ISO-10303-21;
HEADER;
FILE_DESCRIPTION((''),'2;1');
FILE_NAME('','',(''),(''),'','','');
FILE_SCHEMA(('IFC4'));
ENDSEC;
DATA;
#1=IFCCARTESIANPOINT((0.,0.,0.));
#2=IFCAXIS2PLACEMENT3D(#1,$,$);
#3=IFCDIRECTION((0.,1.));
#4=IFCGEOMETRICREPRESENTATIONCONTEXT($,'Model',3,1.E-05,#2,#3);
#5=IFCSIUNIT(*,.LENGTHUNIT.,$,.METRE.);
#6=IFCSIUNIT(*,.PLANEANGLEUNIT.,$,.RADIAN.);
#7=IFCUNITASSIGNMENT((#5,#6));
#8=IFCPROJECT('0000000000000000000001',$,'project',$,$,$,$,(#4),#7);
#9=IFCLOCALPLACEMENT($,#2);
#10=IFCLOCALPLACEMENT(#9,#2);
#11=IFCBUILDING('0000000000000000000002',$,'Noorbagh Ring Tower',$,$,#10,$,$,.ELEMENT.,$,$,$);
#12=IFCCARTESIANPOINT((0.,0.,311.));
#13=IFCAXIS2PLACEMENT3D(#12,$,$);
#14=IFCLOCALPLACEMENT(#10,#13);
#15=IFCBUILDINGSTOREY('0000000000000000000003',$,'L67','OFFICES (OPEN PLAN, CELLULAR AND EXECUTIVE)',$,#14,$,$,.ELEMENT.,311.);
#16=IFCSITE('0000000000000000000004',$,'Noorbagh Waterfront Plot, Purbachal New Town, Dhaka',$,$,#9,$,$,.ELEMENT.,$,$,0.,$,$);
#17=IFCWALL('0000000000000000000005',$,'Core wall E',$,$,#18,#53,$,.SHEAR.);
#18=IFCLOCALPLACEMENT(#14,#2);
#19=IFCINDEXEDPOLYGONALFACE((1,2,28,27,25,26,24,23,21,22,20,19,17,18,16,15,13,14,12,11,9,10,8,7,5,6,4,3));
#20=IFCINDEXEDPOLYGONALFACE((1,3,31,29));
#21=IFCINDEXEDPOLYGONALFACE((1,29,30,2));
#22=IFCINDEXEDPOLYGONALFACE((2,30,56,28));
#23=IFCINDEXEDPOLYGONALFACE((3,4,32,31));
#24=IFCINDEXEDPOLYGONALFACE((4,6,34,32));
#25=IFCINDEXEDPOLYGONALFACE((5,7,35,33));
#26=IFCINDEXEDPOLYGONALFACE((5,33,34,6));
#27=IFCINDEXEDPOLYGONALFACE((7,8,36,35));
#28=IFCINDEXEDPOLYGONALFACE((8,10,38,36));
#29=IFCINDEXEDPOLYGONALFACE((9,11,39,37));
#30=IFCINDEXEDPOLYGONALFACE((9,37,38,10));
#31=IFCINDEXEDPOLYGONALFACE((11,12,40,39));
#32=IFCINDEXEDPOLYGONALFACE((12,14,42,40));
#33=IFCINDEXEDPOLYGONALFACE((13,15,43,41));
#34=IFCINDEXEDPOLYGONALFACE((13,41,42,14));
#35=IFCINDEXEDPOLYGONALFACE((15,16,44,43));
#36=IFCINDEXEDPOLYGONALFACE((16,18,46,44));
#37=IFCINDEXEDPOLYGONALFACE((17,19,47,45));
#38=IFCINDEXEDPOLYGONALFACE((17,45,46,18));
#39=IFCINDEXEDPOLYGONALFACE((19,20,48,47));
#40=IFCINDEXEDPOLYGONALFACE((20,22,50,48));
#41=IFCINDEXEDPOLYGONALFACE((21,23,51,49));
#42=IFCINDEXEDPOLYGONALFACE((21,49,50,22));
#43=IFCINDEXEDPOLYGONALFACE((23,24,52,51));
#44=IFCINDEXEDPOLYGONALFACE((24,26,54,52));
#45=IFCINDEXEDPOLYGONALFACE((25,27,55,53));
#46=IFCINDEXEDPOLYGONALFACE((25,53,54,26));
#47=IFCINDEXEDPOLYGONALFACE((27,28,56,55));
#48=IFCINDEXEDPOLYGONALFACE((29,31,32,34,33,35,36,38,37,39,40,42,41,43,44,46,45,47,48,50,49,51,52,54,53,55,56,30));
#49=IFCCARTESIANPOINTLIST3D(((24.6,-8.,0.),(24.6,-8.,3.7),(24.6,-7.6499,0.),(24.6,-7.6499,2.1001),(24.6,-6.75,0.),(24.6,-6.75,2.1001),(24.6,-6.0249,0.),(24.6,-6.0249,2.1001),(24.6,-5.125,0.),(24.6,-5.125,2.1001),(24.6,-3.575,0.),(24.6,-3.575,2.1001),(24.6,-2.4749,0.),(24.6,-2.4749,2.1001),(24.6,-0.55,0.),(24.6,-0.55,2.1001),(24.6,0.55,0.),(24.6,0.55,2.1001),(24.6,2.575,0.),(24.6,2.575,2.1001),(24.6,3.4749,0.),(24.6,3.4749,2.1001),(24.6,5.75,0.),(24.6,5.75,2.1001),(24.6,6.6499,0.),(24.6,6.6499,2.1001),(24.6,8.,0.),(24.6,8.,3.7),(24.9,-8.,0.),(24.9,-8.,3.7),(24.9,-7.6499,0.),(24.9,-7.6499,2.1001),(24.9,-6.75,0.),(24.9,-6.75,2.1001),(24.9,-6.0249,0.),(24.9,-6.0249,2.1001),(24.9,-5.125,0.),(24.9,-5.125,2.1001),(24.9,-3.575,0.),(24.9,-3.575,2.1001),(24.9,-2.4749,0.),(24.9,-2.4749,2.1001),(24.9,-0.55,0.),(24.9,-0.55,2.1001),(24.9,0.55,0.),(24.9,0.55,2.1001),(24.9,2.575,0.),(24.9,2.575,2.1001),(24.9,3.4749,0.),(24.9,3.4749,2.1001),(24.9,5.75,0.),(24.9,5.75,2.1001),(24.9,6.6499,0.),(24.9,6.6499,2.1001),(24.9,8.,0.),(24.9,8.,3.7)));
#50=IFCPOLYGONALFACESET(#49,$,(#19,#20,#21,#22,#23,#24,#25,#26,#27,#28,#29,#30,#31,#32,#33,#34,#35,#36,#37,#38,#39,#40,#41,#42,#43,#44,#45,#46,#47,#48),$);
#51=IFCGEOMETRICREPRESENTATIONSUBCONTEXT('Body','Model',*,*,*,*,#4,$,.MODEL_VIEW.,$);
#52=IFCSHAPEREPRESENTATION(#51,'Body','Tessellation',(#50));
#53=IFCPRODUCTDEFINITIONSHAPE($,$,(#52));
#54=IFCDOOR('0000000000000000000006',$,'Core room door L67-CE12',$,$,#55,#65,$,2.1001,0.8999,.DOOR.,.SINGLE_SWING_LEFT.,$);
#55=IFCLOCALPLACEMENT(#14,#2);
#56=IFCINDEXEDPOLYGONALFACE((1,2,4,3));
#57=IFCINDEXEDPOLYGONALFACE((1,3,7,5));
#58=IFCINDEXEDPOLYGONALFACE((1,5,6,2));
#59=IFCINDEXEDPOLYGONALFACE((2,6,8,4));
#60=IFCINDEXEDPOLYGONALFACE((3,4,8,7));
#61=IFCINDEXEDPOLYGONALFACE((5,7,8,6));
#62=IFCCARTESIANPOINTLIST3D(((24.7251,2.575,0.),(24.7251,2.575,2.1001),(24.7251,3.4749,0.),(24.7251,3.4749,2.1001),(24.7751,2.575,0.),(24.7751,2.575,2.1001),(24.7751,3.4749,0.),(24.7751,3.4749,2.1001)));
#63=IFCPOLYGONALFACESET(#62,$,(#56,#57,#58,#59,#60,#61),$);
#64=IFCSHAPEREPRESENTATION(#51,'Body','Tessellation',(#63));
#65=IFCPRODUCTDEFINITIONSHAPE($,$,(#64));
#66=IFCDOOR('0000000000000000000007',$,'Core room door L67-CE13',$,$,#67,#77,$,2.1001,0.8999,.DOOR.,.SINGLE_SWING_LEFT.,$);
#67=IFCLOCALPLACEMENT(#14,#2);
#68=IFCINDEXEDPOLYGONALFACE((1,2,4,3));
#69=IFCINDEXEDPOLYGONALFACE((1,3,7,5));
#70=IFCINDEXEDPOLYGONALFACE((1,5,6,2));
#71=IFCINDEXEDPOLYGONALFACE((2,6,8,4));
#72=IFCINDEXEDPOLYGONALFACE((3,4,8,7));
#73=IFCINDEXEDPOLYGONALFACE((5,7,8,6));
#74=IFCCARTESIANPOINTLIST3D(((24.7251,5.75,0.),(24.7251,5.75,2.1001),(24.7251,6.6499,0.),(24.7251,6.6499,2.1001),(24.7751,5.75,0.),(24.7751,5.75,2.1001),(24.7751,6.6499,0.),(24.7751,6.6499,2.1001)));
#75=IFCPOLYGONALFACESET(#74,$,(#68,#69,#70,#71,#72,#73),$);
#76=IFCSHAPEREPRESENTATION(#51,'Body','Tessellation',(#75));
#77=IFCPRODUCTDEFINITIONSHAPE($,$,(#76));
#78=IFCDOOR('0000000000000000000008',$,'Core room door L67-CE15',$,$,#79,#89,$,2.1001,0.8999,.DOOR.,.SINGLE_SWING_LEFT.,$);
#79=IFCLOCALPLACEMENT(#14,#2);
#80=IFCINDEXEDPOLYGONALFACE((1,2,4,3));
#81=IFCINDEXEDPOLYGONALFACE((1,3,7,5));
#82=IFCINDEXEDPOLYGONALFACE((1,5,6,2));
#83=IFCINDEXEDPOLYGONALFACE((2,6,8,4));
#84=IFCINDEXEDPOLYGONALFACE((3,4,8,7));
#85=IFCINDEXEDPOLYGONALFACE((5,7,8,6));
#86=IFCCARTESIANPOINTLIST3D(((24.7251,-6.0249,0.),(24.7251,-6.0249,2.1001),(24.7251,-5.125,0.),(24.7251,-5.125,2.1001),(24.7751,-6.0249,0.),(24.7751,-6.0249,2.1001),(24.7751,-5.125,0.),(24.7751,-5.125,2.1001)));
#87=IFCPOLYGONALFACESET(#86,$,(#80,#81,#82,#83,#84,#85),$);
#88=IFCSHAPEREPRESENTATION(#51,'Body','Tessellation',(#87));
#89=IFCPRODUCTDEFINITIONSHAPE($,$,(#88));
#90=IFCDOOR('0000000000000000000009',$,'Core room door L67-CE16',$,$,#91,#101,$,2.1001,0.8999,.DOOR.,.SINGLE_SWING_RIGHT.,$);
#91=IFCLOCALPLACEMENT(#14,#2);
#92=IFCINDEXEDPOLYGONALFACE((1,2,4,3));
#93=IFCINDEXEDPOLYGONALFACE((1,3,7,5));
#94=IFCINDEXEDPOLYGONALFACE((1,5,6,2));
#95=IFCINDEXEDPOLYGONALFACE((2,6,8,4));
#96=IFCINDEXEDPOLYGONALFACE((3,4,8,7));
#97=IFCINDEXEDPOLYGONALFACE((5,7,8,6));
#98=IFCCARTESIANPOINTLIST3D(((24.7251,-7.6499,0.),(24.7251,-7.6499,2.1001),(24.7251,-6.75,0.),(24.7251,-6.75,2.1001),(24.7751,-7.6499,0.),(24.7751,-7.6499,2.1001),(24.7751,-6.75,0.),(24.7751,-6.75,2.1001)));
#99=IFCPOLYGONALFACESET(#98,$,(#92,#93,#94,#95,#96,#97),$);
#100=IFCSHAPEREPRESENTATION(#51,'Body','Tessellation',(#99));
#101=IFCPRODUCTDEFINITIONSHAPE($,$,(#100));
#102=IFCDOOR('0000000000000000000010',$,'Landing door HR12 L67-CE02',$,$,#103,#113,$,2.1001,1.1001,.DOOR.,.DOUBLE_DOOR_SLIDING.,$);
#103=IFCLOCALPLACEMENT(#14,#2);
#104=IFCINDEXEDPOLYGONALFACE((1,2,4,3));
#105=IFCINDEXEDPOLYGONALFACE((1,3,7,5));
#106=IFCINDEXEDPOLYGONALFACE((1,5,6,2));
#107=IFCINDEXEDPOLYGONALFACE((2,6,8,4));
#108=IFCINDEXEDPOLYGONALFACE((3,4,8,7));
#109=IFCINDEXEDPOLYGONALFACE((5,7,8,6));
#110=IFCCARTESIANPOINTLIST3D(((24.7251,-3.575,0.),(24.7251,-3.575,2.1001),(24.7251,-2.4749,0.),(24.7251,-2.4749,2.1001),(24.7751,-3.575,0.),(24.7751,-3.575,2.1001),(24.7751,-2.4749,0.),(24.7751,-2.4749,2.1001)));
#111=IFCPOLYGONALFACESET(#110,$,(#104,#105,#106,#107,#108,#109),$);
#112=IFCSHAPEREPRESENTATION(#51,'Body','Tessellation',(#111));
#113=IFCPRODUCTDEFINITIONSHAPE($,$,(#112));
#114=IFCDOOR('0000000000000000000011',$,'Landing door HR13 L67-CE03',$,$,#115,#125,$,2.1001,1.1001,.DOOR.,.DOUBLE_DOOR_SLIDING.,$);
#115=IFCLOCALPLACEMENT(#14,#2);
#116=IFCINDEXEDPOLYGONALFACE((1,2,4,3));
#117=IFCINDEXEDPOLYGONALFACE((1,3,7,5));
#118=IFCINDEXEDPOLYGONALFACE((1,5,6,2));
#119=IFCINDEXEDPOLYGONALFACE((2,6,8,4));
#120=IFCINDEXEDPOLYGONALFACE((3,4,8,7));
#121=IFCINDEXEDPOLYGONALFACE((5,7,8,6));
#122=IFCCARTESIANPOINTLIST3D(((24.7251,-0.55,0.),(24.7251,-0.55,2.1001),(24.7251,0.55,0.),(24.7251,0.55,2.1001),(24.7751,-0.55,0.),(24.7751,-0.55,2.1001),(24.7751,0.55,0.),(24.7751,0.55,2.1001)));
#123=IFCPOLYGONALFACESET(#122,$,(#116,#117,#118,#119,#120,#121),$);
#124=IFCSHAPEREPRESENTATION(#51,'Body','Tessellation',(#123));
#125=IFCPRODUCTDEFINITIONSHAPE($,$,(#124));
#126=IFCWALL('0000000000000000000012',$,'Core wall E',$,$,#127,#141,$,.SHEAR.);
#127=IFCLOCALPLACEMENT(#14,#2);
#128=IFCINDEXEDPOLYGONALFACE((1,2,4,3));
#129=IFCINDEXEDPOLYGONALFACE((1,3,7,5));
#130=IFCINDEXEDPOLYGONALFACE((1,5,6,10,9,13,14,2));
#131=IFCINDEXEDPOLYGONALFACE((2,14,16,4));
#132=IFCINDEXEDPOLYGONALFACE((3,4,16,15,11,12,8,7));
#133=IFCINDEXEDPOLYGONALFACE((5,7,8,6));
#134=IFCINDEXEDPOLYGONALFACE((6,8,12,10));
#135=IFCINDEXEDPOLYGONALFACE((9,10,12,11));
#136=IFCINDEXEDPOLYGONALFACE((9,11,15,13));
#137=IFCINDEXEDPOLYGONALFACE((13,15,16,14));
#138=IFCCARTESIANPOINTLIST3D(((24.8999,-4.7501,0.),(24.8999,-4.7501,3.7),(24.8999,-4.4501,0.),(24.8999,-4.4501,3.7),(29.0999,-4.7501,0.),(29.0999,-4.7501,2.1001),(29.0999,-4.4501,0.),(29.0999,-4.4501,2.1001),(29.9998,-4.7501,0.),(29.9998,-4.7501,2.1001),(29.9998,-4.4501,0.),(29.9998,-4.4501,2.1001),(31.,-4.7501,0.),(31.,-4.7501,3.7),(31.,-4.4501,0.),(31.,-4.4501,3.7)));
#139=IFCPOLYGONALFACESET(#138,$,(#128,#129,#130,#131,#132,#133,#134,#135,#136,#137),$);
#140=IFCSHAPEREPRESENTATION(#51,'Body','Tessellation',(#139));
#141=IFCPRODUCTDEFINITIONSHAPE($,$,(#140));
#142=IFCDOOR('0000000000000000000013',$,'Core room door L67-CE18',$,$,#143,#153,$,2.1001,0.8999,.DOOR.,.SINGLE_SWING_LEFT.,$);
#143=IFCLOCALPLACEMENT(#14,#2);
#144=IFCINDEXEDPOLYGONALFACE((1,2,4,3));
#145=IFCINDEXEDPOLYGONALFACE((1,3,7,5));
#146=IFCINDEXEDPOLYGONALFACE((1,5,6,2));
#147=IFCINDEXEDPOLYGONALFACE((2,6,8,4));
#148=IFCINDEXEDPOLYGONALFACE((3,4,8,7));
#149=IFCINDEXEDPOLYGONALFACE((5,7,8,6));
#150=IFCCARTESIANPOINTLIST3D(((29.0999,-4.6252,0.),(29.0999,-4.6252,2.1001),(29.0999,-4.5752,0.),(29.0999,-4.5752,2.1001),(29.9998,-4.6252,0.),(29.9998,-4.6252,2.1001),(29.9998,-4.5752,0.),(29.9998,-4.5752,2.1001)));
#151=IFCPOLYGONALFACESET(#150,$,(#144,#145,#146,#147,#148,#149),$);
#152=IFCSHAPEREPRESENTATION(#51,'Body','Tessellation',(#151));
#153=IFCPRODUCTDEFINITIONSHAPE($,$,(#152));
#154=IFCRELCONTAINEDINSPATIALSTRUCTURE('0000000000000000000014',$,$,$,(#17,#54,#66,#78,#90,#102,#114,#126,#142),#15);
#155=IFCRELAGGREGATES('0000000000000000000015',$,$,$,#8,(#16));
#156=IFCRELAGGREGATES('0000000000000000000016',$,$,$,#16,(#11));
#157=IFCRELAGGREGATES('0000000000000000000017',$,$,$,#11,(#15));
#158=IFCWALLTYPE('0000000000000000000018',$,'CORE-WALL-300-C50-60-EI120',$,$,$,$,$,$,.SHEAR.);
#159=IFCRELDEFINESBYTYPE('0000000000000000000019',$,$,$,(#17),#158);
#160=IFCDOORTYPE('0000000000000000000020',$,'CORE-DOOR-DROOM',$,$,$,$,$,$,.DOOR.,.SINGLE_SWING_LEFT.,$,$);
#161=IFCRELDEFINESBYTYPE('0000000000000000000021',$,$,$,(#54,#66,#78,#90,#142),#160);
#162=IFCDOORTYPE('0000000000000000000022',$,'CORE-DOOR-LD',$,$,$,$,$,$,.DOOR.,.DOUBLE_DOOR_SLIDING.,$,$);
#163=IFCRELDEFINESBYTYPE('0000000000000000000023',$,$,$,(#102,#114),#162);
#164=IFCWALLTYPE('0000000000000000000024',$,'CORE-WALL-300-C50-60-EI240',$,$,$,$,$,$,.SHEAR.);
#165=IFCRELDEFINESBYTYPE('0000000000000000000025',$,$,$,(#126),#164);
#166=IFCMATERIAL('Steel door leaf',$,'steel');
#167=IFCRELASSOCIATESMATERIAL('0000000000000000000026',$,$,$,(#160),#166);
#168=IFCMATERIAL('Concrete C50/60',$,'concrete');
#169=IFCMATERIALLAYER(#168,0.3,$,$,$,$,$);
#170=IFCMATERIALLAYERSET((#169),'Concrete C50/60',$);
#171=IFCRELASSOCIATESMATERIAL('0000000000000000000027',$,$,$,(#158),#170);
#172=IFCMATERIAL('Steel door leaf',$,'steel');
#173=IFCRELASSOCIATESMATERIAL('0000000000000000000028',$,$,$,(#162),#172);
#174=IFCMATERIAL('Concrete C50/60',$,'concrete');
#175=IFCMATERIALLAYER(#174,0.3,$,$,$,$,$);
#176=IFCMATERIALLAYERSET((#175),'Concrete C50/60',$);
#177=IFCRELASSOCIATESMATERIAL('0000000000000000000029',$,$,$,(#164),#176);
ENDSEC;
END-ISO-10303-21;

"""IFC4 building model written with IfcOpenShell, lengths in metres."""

from ifc_helpers import new_model, si_unit, direction, frame, frame_2d, origin, place, context, subcontext, project, spatial, rectangle, extrude, material, layer, layer_set, type_object, element, fill, save


model = new_model("IFC4")

# Units and contexts
model_context = context("Model", 3, precision=1e-05, world=origin(), true_north=direction((0.0, 1.0)))
body_context = subcontext(model_context, "Body", "Model", "MODEL_VIEW")
ifc_project = project(units=[si_unit("LENGTHUNIT", "METRE"), si_unit("PLANEANGLEUNIT", "RADIAN")], contexts=[model_context])

# Site, building, storey
site_placement = place(None, origin())
site = spatial("IfcSite", under=ifc_project, at=site_placement, Name="Noorbagh Waterfront Plot, Purbachal New Town, Dhaka", CompositionType="ELEMENT", RefElevation=0.0)
building_placement = place(site_placement, origin())
building = spatial("IfcBuilding", under=site, at=building_placement, Name="Noorbagh Ring Tower", CompositionType="ELEMENT")
storey_placement = place(building_placement, frame((0.0, 0.0, 311.0)))
storey = spatial("IfcBuildingStorey", under=building, at=storey_placement, Name="L67", Description="OFFICES (OPEN PLAN, CELLULAR AND EXECUTIVE)", CompositionType="ELEMENT", Elevation=311.0)

# Shared definitions
ifc_material_1 = material(Name="Steel door leaf", Category="steel")
door_type_1 = type_object("IfcDoorType", Name="CORE-DOOR-DROOM", OperationType="SINGLE_SWING_LEFT", PredefinedType="DOOR", material=ifc_material_1)

# Shared definitions
ifc_material_2 = material(Name="Concrete C50/60", Category="concrete")
ifc_layer_1 = layer(ifc_material_2, 0.3)
ifc_layer_set_1 = layer_set([ifc_layer_1], Name="Concrete C50/60")
wall_type_1 = type_object("IfcWallType", Name="CORE-WALL-300-C50-60-EI120", PredefinedType="SHEAR", material=ifc_layer_set_1)

# Wall, openings, doors
wall_1_placement = place(storey_placement, frame((24.75, -8.0, 0.0), z_axis=(0.0, 0.0, 1.0), x_axis=(0.0, 1.0, 0.0)))
wall_1 = element("IfcWall", 1, at=wall_1_placement, inside=storey, type_object=wall_type_1, Name="Core wall E", PredefinedType="SHEAR", context=body_context, shape_type="SweptSolid", body=[
    extrude(rectangle(XDim=16.0, YDim=0.3, at=frame_2d((8.0, 0.0))), origin(), (0.0, 0.0, 1.0), 3.7),
])
opening_1_placement = place(wall_1_placement, frame((4.425, 0.0, 0.0)))
opening_1 = element("IfcOpeningElement", 2, at=opening_1_placement, cuts=wall_1, PredefinedType="OPENING", context=body_context, shape_type="SweptSolid", body=[
    extrude(rectangle(XDim=1.1001, YDim=2.1001, at=frame_2d((0.55, 1.05))), frame((0.0, 0.1602, 0.0), z_axis=(0.0, -1.0, 0.0), x_axis=(1.0, 0.0, 0.0)), (0.0, 0.0, 1.0), 0.3201),
])
opening_2_placement = place(wall_1_placement, frame((7.45, 0.0, 0.0)))
opening_2 = element("IfcOpeningElement", 3, at=opening_2_placement, cuts=wall_1, PredefinedType="OPENING", context=body_context, shape_type="SweptSolid", body=[
    extrude(rectangle(XDim=1.1001, YDim=2.1001, at=frame_2d((0.55, 1.05))), frame((0.0, 0.1602, 0.0), z_axis=(0.0, -1.0, 0.0), x_axis=(1.0, 0.0, 0.0)), (0.0, 0.0, 1.0), 0.3201),
])
opening_3_placement = place(wall_1_placement, frame((10.575, 0.0, 0.0)))
opening_3 = element("IfcOpeningElement", 4, at=opening_3_placement, cuts=wall_1, PredefinedType="OPENING", context=body_context, shape_type="SweptSolid", body=[
    extrude(rectangle(XDim=0.8999, YDim=2.1001, at=frame_2d((0.45, 1.05))), frame((0.0, 0.1602, 0.0), z_axis=(0.0, -1.0, 0.0), x_axis=(1.0, 0.0, 0.0)), (0.0, 0.0, 1.0), 0.3201),
])
opening_4_placement = place(wall_1_placement, frame((13.75, 0.0, 0.0)))
opening_4 = element("IfcOpeningElement", 5, at=opening_4_placement, cuts=wall_1, PredefinedType="OPENING", context=body_context, shape_type="SweptSolid", body=[
    extrude(rectangle(XDim=0.8999, YDim=2.1001, at=frame_2d((0.45, 1.05))), frame((0.0, 0.1602, 0.0), z_axis=(0.0, -1.0, 0.0), x_axis=(1.0, 0.0, 0.0)), (0.0, 0.0, 1.0), 0.3201),
])
opening_5_placement = place(wall_1_placement, frame((1.9751, 0.0, 0.0)))
opening_5 = element("IfcOpeningElement", 6, at=opening_5_placement, cuts=wall_1, PredefinedType="OPENING", context=body_context, shape_type="SweptSolid", body=[
    extrude(rectangle(XDim=0.8999, YDim=2.1001, at=frame_2d((0.45, 1.05))), frame((0.0, 0.1602, 0.0), z_axis=(0.0, -1.0, 0.0), x_axis=(1.0, 0.0, 0.0)), (0.0, 0.0, 1.0), 0.3201),
])
opening_6_placement = place(wall_1_placement, frame((0.3501, 0.0, 0.0)))
opening_6 = element("IfcOpeningElement", 7, at=opening_6_placement, cuts=wall_1, PredefinedType="OPENING", context=body_context, shape_type="SweptSolid", body=[
    extrude(rectangle(XDim=0.8999, YDim=2.1001, at=frame_2d((0.45, 1.05))), frame((0.0, 0.1602, 0.0), z_axis=(0.0, -1.0, 0.0), x_axis=(1.0, 0.0, 0.0)), (0.0, 0.0, 1.0), 0.3201),
])
door_1_placement = place(opening_3_placement, origin())
door_1 = element("IfcDoor", 8, at=door_1_placement, inside=storey, type_object=door_type_1, Name="Core room door L67-CE12", OperationType="SINGLE_SWING_LEFT", OverallHeight=2.1001, OverallWidth=0.8999, PredefinedType="DOOR", context=body_context, shape_type="SweptSolid", body=[
    extrude(rectangle(XDim=0.8999, YDim=2.1001, at=frame_2d((0.45, 1.05))), frame((0.0, 0.0249, 0.0), z_axis=(0.0, -1.0, 0.0), x_axis=(1.0, 0.0, 0.0)), (0.0, 0.0, 1.0), 0.05),
])
fill(opening_3, door_1)
door_2_placement = place(opening_4_placement, origin())
door_2 = element("IfcDoor", 9, at=door_2_placement, inside=storey, type_object=door_type_1, Name="Core room door L67-CE13", OperationType="SINGLE_SWING_LEFT", OverallHeight=2.1001, OverallWidth=0.8999, PredefinedType="DOOR", context=body_context, shape_type="SweptSolid", body=[
    extrude(rectangle(XDim=0.8999, YDim=2.1001, at=frame_2d((0.45, 1.05))), frame((0.0, 0.0249, 0.0), z_axis=(0.0, -1.0, 0.0), x_axis=(1.0, 0.0, 0.0)), (0.0, 0.0, 1.0), 0.05),
])
fill(opening_4, door_2)
door_3_placement = place(opening_5_placement, origin())
door_3 = element("IfcDoor", 10, at=door_3_placement, inside=storey, type_object=door_type_1, Name="Core room door L67-CE15", OperationType="SINGLE_SWING_LEFT", OverallHeight=2.1001, OverallWidth=0.8999, PredefinedType="DOOR", context=body_context, shape_type="SweptSolid", body=[
    extrude(rectangle(XDim=0.8999, YDim=2.1001, at=frame_2d((0.45, 1.05))), frame((0.0, 0.0249, 0.0), z_axis=(0.0, -1.0, 0.0), x_axis=(1.0, 0.0, 0.0)), (0.0, 0.0, 1.0), 0.05),
])
fill(opening_5, door_3)
door_4_placement = place(opening_6_placement, origin())
door_4 = element("IfcDoor", 11, at=door_4_placement, inside=storey, type_object=door_type_1, Name="Core room door L67-CE16", OperationType="SINGLE_SWING_RIGHT", OverallHeight=2.1001, OverallWidth=0.8999, PredefinedType="DOOR", context=body_context, shape_type="SweptSolid", body=[
    extrude(rectangle(XDim=0.8999, YDim=2.1001, at=frame_2d((0.45, 1.05))), frame((0.0, 0.0249, 0.0), z_axis=(0.0, -1.0, 0.0), x_axis=(1.0, 0.0, 0.0)), (0.0, 0.0, 1.0), 0.05),
])
fill(opening_6, door_4)
ifc_material_3 = material(Name="Steel door leaf", Category="steel")
door_type_2 = type_object("IfcDoorType", Name="CORE-DOOR-LD", OperationType="DOUBLE_DOOR_SLIDING", PredefinedType="DOOR", material=ifc_material_3)
door_5_placement = place(opening_1_placement, origin())
door_5 = element("IfcDoor", 12, at=door_5_placement, inside=storey, type_object=door_type_2, Name="Landing door HR12 L67-CE02", OperationType="DOUBLE_DOOR_SLIDING", OverallHeight=2.1001, OverallWidth=1.1001, PredefinedType="DOOR", context=body_context, shape_type="SweptSolid", body=[
    extrude(rectangle(XDim=1.1001, YDim=2.1001, at=frame_2d((0.55, 1.05))), frame((0.0, 0.0249, 0.0), z_axis=(0.0, -1.0, 0.0), x_axis=(1.0, 0.0, 0.0)), (0.0, 0.0, 1.0), 0.05),
])
fill(opening_1, door_5)
door_6_placement = place(opening_2_placement, origin())
door_6 = element("IfcDoor", 13, at=door_6_placement, inside=storey, type_object=door_type_2, Name="Landing door HR13 L67-CE03", OperationType="DOUBLE_DOOR_SLIDING", OverallHeight=2.1001, OverallWidth=1.1001, PredefinedType="DOOR", context=body_context, shape_type="SweptSolid", body=[
    extrude(rectangle(XDim=1.1001, YDim=2.1001, at=frame_2d((0.55, 1.05))), frame((0.0, 0.0249, 0.0), z_axis=(0.0, -1.0, 0.0), x_axis=(1.0, 0.0, 0.0)), (0.0, 0.0, 1.0), 0.05),
])
fill(opening_2, door_6)

# Wall, opening, door
ifc_material_4 = material(Name="Concrete C50/60", Category="concrete")
ifc_layer_2 = layer(ifc_material_4, 0.3)
ifc_layer_set_2 = layer_set([ifc_layer_2], Name="Concrete C50/60")
wall_type_2 = type_object("IfcWallType", Name="CORE-WALL-300-C50-60-EI240", PredefinedType="SHEAR", material=ifc_layer_set_2)
wall_2_placement = place(storey_placement, frame((24.8999, -4.6001, 0.0), z_axis=(0.0, 0.0, 1.0), x_axis=(1.0, 0.0, 0.0)))
wall_2 = element("IfcWall", 14, at=wall_2_placement, inside=storey, type_object=wall_type_2, Name="Core wall E", PredefinedType="SHEAR", context=body_context, shape_type="SweptSolid", body=[
    extrude(rectangle(XDim=6.1001, YDim=0.3, at=frame_2d((3.05, 0.0))), origin(), (0.0, 0.0, 1.0), 3.7),
])
opening_7_placement = place(wall_2_placement, frame((4.2, 0.0, 0.0)))
opening_7 = element("IfcOpeningElement", 15, at=opening_7_placement, cuts=wall_2, PredefinedType="OPENING", context=body_context, shape_type="SweptSolid", body=[
    extrude(rectangle(XDim=0.8999, YDim=2.1001, at=frame_2d((0.45, 1.05))), frame((0.0, 0.1602, 0.0), z_axis=(0.0, -1.0, 0.0), x_axis=(1.0, 0.0, 0.0)), (0.0, 0.0, 1.0), 0.3201),
])
door_7_placement = place(opening_7_placement, origin())
door_7 = element("IfcDoor", 16, at=door_7_placement, inside=storey, type_object=door_type_1, Name="Core room door L67-CE18", OperationType="SINGLE_SWING_LEFT", OverallHeight=2.1001, OverallWidth=0.8999, PredefinedType="DOOR", context=body_context, shape_type="SweptSolid", body=[
    extrude(rectangle(XDim=0.8999, YDim=2.1001, at=frame_2d((0.45, 1.05))), frame((0.0, 0.0249, 0.0), z_axis=(0.0, -1.0, 0.0), x_axis=(1.0, 0.0, 0.0)), (0.0, 0.0, 1.0), 0.05),
])
fill(opening_7, door_7)

save(model, "model.ifc")
